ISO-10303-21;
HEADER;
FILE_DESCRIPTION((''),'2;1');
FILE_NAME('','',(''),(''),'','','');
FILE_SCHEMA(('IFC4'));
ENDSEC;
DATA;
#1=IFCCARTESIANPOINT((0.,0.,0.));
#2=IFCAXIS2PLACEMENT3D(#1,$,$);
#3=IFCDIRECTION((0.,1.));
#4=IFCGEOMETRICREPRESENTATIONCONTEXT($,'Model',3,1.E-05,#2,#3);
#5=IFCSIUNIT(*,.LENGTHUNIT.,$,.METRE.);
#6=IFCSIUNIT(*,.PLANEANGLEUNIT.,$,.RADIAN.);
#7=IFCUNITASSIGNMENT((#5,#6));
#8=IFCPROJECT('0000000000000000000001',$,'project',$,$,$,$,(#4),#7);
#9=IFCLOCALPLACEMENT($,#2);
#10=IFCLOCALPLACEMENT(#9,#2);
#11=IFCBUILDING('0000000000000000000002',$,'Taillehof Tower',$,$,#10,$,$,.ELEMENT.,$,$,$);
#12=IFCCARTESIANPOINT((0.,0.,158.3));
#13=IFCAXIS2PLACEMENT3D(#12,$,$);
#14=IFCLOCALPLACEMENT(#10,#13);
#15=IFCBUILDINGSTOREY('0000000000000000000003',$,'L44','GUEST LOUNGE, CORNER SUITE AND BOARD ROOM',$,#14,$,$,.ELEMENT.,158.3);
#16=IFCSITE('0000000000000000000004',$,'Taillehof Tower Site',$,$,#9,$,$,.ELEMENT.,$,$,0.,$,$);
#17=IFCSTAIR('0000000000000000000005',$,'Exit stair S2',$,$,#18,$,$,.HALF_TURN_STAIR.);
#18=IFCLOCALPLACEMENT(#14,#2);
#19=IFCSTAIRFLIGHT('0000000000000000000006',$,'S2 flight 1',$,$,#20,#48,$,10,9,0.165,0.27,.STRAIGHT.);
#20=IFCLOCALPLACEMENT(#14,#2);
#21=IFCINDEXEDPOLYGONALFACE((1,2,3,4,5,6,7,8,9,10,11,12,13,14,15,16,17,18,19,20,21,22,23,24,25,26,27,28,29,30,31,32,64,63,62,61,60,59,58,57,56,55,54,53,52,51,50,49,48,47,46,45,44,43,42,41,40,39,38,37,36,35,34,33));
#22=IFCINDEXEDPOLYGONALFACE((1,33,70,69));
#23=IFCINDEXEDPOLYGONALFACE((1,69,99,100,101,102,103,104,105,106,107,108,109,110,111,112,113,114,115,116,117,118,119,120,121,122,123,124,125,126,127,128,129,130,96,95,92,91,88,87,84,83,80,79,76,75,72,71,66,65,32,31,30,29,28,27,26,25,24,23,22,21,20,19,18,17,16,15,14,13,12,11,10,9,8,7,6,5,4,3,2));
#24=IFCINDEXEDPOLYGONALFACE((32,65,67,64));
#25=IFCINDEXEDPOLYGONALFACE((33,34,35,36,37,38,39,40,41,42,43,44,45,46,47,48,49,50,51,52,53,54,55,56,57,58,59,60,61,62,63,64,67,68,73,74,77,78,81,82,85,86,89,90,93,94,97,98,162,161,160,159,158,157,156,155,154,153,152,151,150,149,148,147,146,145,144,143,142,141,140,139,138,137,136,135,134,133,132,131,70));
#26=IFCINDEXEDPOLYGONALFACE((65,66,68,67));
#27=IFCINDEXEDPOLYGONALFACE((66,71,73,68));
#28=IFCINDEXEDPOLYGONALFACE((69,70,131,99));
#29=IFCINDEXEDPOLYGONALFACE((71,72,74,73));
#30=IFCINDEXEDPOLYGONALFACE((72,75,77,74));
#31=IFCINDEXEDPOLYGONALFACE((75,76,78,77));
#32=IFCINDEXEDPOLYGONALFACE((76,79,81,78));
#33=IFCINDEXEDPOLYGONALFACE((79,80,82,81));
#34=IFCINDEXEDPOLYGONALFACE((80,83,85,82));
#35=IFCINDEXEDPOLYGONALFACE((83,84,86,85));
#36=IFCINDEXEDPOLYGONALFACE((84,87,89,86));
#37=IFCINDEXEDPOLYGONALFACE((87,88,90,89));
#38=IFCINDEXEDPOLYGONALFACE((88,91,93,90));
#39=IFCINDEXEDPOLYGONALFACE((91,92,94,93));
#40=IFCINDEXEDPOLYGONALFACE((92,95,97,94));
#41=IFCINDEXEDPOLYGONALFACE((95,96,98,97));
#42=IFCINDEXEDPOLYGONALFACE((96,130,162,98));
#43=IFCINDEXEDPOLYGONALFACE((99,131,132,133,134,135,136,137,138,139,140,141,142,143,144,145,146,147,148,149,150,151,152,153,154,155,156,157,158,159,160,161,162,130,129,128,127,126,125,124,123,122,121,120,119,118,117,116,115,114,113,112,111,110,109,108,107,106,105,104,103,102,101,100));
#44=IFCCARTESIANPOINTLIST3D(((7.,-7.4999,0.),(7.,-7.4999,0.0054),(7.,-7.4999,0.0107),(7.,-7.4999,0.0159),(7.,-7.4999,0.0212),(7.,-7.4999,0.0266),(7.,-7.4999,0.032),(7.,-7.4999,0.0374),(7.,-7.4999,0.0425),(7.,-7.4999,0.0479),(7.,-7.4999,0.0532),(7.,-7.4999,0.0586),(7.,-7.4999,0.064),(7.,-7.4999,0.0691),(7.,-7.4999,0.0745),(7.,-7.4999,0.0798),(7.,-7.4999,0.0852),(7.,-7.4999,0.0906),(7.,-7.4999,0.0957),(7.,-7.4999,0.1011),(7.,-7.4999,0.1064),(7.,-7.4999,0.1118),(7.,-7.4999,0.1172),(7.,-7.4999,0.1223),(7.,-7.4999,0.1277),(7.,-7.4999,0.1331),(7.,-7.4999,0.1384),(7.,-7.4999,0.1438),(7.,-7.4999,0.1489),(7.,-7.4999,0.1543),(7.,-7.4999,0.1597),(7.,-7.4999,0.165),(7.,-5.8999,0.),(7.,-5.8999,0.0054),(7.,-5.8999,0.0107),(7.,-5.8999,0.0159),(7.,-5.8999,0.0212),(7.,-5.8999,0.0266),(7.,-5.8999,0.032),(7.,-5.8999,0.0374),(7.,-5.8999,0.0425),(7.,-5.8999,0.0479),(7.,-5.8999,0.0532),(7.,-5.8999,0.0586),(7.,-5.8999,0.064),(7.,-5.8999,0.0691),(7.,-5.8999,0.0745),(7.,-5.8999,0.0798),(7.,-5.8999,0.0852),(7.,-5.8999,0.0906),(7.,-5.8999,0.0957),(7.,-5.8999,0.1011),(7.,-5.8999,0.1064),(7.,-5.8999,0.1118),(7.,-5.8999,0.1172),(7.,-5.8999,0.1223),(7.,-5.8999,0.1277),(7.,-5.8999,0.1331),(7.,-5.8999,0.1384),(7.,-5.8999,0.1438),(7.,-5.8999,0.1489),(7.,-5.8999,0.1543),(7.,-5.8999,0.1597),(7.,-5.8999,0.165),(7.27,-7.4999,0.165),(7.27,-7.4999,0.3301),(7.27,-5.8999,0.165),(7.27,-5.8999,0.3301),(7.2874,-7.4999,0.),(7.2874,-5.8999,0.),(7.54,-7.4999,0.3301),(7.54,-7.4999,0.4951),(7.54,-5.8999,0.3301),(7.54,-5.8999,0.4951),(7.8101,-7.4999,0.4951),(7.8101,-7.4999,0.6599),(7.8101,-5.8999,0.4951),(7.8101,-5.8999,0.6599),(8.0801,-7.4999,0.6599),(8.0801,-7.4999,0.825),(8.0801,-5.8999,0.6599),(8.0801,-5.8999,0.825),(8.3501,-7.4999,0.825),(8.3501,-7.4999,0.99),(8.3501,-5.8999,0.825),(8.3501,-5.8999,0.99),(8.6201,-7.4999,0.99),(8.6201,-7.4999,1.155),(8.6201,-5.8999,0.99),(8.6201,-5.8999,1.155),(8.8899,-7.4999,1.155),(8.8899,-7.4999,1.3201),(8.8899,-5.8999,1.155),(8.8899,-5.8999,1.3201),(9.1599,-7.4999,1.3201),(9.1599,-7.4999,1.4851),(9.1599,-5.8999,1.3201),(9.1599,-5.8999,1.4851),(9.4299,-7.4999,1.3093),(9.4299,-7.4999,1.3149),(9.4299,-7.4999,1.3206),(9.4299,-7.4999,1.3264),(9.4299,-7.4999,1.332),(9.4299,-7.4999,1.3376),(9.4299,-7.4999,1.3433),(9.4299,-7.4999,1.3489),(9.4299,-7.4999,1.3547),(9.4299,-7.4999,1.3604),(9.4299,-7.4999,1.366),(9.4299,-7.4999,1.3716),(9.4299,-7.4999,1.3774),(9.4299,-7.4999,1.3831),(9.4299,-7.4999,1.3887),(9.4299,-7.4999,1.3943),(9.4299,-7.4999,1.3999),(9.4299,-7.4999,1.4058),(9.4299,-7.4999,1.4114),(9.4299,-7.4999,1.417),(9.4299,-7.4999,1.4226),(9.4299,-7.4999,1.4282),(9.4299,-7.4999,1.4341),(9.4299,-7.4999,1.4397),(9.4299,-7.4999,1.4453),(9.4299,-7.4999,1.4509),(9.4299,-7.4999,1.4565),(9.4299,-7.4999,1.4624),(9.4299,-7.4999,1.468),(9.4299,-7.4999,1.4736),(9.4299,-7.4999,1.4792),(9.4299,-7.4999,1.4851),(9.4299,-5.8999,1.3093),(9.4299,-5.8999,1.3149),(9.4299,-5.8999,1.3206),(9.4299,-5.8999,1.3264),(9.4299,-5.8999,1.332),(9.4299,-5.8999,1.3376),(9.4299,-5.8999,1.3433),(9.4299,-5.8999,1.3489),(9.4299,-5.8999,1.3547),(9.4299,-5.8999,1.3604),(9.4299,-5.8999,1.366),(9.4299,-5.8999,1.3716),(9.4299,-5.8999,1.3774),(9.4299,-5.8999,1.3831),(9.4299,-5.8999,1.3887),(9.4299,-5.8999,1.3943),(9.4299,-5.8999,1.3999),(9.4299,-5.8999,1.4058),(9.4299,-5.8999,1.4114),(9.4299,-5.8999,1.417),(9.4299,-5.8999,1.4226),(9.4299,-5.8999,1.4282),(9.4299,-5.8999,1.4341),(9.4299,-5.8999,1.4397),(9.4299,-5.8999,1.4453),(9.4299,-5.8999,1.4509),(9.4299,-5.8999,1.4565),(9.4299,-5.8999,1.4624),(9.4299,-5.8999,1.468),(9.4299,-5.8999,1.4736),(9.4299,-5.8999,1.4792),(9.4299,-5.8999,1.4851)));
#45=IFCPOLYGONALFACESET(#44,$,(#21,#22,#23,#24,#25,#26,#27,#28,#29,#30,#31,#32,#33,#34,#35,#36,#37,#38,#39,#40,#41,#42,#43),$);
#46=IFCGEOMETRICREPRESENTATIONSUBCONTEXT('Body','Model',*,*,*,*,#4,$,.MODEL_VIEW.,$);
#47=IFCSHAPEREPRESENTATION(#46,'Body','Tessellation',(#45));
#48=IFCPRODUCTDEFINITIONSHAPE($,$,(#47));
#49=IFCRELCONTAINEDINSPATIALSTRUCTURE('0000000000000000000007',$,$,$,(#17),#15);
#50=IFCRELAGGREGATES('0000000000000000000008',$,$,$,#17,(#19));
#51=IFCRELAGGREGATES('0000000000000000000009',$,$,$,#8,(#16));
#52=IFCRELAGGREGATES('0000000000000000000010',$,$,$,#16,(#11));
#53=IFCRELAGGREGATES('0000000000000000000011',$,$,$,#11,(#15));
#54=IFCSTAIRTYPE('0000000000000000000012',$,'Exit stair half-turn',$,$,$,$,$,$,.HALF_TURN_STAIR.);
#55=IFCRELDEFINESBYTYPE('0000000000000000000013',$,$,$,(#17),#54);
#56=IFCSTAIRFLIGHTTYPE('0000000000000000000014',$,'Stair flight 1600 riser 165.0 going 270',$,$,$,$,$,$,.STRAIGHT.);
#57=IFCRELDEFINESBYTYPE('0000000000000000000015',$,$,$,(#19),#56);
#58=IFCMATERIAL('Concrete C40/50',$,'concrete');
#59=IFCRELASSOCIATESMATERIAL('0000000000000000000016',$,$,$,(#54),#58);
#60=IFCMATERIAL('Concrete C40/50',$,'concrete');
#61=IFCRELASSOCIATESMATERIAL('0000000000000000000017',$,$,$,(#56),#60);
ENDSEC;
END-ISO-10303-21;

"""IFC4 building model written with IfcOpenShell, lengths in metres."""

from ifc_helpers import new_model, si_unit, direction, frame, origin, place, context, subcontext, project, spatial, polyline, outline, extrude, material, type_object, element, aggregate, save


model = new_model("IFC4")

# Units and contexts
model_context = context("Model", 3, precision=1e-05, world=origin(), true_north=direction((0.0, 1.0)))
body_context = subcontext(model_context, "Body", "Model", "MODEL_VIEW")
ifc_project = project(units=[si_unit("LENGTHUNIT", "METRE"), si_unit("PLANEANGLEUNIT", "RADIAN")], contexts=[model_context])

# Site, building, storey
site_placement = place(None, origin())
site = spatial("IfcSite", under=ifc_project, at=site_placement, Name="Taillehof Tower Site", CompositionType="ELEMENT", RefElevation=0.0)
building_placement = place(site_placement, origin())
building = spatial("IfcBuilding", under=site, at=building_placement, Name="Taillehof Tower", CompositionType="ELEMENT")
storey_placement = place(building_placement, frame((0.0, 0.0, 158.3)))
storey = spatial("IfcBuildingStorey", under=building, at=storey_placement, Name="L44", Description="GUEST LOUNGE, CORNER SUITE AND BOARD ROOM", CompositionType="ELEMENT", Elevation=158.3)

# Stair, stair flight
ifc_material_1 = material(Name="Concrete C40/50", Category="concrete")
stair_type = type_object("IfcStairType", Name="Exit stair half-turn", PredefinedType="HALF_TURN_STAIR", material=ifc_material_1)
stair_placement = place(storey_placement, origin())
stair = element("IfcStair", 1, at=stair_placement, inside=storey, type_object=stair_type, Name="Exit stair S2", PredefinedType="HALF_TURN_STAIR")
ifc_material_2 = material(Name="Concrete C40/50", Category="concrete")
stair_flight_type = type_object("IfcStairFlightType", Name="Stair flight 1600 riser 165.0 going 270", PredefinedType="STRAIGHT", material=ifc_material_2)
stair_flight_placement = place(storey_placement, frame((7.0, -6.7, 0.0), z_axis=(0.0, 0.0, 1.0), x_axis=(1.0, 0.0, 0.0)))
stair_flight = element("IfcStairFlight", 2, at=stair_flight_placement, type_object=stair_flight_type, Name="S2 flight 1", NumberOfRisers=10, NumberOfTreads=9, PredefinedType="STRAIGHT", RiserHeight=0.165, TreadLength=0.27, context=body_context, shape_type="SweptSolid", body=[
    extrude(outline(polyline([(0.0, 0.0), (0.0, 0.0054), (0.0, 0.0107), (0.0, 0.0159), (0.0, 0.0212), (0.0, 0.0266), (0.0, 0.032), (0.0, 0.0374), (0.0, 0.0425), (0.0, 0.0479), (0.0, 0.0532), (0.0, 0.0586), (0.0, 0.064), (0.0, 0.0691), (0.0, 0.0745), (0.0, 0.0798), (0.0, 0.0852), (0.0, 0.0906), (0.0, 0.0957), (0.0, 0.1011), (0.0, 0.1064), (0.0, 0.1118), (0.0, 0.1172), (0.0, 0.1223), (0.0, 0.1277), (0.0, 0.1331), (0.0, 0.1384), (0.0, 0.1438), (0.0, 0.1489), (0.0, 0.1543), (0.0, 0.1597), (0.0, 0.165), (0.27, 0.165), (0.27, 0.3301), (0.54, 0.3301), (0.54, 0.4951), (0.8101, 0.4951), (0.8101, 0.6599), (1.0801, 0.6599), (1.0801, 0.825), (1.3501, 0.825), (1.3501, 0.99), (1.6201, 0.99), (1.6201, 1.155), (1.8899, 1.155), (1.8899, 1.3201), (2.1599, 1.3201), (2.1599, 1.4851), (2.4299, 1.4851), (2.4299, 1.4792), (2.4299, 1.4736), (2.4299, 1.468), (2.4299, 1.4624), (2.4299, 1.4565), (2.4299, 1.4509), (2.4299, 1.4453), (2.4299, 1.4397), (2.4299, 1.4341), (2.4299, 1.4282), (2.4299, 1.4226), (2.4299, 1.417), (2.4299, 1.4114), (2.4299, 1.4058), (2.4299, 1.3999), (2.4299, 1.3943), (2.4299, 1.3887), (2.4299, 1.3831), (2.4299, 1.3774), (2.4299, 1.3716), (2.4299, 1.366), (2.4299, 1.3604), (2.4299, 1.3547), (2.4299, 1.3489), (2.4299, 1.3433), (2.4299, 1.3376), (2.4299, 1.332), (2.4299, 1.3264), (2.4299, 1.3206), (2.4299, 1.3149), (2.4299, 1.3093), (0.2874, 0.0), (0.0, 0.0)])), frame((0.0, 0.8, 0.0), z_axis=(0.0, -1.0, 0.0), x_axis=(1.0, 0.0, 0.0)), (0.0, 0.0, 1.0), 1.6),
])
aggregate(stair, [stair_flight])

save(model, "model.ifc")
